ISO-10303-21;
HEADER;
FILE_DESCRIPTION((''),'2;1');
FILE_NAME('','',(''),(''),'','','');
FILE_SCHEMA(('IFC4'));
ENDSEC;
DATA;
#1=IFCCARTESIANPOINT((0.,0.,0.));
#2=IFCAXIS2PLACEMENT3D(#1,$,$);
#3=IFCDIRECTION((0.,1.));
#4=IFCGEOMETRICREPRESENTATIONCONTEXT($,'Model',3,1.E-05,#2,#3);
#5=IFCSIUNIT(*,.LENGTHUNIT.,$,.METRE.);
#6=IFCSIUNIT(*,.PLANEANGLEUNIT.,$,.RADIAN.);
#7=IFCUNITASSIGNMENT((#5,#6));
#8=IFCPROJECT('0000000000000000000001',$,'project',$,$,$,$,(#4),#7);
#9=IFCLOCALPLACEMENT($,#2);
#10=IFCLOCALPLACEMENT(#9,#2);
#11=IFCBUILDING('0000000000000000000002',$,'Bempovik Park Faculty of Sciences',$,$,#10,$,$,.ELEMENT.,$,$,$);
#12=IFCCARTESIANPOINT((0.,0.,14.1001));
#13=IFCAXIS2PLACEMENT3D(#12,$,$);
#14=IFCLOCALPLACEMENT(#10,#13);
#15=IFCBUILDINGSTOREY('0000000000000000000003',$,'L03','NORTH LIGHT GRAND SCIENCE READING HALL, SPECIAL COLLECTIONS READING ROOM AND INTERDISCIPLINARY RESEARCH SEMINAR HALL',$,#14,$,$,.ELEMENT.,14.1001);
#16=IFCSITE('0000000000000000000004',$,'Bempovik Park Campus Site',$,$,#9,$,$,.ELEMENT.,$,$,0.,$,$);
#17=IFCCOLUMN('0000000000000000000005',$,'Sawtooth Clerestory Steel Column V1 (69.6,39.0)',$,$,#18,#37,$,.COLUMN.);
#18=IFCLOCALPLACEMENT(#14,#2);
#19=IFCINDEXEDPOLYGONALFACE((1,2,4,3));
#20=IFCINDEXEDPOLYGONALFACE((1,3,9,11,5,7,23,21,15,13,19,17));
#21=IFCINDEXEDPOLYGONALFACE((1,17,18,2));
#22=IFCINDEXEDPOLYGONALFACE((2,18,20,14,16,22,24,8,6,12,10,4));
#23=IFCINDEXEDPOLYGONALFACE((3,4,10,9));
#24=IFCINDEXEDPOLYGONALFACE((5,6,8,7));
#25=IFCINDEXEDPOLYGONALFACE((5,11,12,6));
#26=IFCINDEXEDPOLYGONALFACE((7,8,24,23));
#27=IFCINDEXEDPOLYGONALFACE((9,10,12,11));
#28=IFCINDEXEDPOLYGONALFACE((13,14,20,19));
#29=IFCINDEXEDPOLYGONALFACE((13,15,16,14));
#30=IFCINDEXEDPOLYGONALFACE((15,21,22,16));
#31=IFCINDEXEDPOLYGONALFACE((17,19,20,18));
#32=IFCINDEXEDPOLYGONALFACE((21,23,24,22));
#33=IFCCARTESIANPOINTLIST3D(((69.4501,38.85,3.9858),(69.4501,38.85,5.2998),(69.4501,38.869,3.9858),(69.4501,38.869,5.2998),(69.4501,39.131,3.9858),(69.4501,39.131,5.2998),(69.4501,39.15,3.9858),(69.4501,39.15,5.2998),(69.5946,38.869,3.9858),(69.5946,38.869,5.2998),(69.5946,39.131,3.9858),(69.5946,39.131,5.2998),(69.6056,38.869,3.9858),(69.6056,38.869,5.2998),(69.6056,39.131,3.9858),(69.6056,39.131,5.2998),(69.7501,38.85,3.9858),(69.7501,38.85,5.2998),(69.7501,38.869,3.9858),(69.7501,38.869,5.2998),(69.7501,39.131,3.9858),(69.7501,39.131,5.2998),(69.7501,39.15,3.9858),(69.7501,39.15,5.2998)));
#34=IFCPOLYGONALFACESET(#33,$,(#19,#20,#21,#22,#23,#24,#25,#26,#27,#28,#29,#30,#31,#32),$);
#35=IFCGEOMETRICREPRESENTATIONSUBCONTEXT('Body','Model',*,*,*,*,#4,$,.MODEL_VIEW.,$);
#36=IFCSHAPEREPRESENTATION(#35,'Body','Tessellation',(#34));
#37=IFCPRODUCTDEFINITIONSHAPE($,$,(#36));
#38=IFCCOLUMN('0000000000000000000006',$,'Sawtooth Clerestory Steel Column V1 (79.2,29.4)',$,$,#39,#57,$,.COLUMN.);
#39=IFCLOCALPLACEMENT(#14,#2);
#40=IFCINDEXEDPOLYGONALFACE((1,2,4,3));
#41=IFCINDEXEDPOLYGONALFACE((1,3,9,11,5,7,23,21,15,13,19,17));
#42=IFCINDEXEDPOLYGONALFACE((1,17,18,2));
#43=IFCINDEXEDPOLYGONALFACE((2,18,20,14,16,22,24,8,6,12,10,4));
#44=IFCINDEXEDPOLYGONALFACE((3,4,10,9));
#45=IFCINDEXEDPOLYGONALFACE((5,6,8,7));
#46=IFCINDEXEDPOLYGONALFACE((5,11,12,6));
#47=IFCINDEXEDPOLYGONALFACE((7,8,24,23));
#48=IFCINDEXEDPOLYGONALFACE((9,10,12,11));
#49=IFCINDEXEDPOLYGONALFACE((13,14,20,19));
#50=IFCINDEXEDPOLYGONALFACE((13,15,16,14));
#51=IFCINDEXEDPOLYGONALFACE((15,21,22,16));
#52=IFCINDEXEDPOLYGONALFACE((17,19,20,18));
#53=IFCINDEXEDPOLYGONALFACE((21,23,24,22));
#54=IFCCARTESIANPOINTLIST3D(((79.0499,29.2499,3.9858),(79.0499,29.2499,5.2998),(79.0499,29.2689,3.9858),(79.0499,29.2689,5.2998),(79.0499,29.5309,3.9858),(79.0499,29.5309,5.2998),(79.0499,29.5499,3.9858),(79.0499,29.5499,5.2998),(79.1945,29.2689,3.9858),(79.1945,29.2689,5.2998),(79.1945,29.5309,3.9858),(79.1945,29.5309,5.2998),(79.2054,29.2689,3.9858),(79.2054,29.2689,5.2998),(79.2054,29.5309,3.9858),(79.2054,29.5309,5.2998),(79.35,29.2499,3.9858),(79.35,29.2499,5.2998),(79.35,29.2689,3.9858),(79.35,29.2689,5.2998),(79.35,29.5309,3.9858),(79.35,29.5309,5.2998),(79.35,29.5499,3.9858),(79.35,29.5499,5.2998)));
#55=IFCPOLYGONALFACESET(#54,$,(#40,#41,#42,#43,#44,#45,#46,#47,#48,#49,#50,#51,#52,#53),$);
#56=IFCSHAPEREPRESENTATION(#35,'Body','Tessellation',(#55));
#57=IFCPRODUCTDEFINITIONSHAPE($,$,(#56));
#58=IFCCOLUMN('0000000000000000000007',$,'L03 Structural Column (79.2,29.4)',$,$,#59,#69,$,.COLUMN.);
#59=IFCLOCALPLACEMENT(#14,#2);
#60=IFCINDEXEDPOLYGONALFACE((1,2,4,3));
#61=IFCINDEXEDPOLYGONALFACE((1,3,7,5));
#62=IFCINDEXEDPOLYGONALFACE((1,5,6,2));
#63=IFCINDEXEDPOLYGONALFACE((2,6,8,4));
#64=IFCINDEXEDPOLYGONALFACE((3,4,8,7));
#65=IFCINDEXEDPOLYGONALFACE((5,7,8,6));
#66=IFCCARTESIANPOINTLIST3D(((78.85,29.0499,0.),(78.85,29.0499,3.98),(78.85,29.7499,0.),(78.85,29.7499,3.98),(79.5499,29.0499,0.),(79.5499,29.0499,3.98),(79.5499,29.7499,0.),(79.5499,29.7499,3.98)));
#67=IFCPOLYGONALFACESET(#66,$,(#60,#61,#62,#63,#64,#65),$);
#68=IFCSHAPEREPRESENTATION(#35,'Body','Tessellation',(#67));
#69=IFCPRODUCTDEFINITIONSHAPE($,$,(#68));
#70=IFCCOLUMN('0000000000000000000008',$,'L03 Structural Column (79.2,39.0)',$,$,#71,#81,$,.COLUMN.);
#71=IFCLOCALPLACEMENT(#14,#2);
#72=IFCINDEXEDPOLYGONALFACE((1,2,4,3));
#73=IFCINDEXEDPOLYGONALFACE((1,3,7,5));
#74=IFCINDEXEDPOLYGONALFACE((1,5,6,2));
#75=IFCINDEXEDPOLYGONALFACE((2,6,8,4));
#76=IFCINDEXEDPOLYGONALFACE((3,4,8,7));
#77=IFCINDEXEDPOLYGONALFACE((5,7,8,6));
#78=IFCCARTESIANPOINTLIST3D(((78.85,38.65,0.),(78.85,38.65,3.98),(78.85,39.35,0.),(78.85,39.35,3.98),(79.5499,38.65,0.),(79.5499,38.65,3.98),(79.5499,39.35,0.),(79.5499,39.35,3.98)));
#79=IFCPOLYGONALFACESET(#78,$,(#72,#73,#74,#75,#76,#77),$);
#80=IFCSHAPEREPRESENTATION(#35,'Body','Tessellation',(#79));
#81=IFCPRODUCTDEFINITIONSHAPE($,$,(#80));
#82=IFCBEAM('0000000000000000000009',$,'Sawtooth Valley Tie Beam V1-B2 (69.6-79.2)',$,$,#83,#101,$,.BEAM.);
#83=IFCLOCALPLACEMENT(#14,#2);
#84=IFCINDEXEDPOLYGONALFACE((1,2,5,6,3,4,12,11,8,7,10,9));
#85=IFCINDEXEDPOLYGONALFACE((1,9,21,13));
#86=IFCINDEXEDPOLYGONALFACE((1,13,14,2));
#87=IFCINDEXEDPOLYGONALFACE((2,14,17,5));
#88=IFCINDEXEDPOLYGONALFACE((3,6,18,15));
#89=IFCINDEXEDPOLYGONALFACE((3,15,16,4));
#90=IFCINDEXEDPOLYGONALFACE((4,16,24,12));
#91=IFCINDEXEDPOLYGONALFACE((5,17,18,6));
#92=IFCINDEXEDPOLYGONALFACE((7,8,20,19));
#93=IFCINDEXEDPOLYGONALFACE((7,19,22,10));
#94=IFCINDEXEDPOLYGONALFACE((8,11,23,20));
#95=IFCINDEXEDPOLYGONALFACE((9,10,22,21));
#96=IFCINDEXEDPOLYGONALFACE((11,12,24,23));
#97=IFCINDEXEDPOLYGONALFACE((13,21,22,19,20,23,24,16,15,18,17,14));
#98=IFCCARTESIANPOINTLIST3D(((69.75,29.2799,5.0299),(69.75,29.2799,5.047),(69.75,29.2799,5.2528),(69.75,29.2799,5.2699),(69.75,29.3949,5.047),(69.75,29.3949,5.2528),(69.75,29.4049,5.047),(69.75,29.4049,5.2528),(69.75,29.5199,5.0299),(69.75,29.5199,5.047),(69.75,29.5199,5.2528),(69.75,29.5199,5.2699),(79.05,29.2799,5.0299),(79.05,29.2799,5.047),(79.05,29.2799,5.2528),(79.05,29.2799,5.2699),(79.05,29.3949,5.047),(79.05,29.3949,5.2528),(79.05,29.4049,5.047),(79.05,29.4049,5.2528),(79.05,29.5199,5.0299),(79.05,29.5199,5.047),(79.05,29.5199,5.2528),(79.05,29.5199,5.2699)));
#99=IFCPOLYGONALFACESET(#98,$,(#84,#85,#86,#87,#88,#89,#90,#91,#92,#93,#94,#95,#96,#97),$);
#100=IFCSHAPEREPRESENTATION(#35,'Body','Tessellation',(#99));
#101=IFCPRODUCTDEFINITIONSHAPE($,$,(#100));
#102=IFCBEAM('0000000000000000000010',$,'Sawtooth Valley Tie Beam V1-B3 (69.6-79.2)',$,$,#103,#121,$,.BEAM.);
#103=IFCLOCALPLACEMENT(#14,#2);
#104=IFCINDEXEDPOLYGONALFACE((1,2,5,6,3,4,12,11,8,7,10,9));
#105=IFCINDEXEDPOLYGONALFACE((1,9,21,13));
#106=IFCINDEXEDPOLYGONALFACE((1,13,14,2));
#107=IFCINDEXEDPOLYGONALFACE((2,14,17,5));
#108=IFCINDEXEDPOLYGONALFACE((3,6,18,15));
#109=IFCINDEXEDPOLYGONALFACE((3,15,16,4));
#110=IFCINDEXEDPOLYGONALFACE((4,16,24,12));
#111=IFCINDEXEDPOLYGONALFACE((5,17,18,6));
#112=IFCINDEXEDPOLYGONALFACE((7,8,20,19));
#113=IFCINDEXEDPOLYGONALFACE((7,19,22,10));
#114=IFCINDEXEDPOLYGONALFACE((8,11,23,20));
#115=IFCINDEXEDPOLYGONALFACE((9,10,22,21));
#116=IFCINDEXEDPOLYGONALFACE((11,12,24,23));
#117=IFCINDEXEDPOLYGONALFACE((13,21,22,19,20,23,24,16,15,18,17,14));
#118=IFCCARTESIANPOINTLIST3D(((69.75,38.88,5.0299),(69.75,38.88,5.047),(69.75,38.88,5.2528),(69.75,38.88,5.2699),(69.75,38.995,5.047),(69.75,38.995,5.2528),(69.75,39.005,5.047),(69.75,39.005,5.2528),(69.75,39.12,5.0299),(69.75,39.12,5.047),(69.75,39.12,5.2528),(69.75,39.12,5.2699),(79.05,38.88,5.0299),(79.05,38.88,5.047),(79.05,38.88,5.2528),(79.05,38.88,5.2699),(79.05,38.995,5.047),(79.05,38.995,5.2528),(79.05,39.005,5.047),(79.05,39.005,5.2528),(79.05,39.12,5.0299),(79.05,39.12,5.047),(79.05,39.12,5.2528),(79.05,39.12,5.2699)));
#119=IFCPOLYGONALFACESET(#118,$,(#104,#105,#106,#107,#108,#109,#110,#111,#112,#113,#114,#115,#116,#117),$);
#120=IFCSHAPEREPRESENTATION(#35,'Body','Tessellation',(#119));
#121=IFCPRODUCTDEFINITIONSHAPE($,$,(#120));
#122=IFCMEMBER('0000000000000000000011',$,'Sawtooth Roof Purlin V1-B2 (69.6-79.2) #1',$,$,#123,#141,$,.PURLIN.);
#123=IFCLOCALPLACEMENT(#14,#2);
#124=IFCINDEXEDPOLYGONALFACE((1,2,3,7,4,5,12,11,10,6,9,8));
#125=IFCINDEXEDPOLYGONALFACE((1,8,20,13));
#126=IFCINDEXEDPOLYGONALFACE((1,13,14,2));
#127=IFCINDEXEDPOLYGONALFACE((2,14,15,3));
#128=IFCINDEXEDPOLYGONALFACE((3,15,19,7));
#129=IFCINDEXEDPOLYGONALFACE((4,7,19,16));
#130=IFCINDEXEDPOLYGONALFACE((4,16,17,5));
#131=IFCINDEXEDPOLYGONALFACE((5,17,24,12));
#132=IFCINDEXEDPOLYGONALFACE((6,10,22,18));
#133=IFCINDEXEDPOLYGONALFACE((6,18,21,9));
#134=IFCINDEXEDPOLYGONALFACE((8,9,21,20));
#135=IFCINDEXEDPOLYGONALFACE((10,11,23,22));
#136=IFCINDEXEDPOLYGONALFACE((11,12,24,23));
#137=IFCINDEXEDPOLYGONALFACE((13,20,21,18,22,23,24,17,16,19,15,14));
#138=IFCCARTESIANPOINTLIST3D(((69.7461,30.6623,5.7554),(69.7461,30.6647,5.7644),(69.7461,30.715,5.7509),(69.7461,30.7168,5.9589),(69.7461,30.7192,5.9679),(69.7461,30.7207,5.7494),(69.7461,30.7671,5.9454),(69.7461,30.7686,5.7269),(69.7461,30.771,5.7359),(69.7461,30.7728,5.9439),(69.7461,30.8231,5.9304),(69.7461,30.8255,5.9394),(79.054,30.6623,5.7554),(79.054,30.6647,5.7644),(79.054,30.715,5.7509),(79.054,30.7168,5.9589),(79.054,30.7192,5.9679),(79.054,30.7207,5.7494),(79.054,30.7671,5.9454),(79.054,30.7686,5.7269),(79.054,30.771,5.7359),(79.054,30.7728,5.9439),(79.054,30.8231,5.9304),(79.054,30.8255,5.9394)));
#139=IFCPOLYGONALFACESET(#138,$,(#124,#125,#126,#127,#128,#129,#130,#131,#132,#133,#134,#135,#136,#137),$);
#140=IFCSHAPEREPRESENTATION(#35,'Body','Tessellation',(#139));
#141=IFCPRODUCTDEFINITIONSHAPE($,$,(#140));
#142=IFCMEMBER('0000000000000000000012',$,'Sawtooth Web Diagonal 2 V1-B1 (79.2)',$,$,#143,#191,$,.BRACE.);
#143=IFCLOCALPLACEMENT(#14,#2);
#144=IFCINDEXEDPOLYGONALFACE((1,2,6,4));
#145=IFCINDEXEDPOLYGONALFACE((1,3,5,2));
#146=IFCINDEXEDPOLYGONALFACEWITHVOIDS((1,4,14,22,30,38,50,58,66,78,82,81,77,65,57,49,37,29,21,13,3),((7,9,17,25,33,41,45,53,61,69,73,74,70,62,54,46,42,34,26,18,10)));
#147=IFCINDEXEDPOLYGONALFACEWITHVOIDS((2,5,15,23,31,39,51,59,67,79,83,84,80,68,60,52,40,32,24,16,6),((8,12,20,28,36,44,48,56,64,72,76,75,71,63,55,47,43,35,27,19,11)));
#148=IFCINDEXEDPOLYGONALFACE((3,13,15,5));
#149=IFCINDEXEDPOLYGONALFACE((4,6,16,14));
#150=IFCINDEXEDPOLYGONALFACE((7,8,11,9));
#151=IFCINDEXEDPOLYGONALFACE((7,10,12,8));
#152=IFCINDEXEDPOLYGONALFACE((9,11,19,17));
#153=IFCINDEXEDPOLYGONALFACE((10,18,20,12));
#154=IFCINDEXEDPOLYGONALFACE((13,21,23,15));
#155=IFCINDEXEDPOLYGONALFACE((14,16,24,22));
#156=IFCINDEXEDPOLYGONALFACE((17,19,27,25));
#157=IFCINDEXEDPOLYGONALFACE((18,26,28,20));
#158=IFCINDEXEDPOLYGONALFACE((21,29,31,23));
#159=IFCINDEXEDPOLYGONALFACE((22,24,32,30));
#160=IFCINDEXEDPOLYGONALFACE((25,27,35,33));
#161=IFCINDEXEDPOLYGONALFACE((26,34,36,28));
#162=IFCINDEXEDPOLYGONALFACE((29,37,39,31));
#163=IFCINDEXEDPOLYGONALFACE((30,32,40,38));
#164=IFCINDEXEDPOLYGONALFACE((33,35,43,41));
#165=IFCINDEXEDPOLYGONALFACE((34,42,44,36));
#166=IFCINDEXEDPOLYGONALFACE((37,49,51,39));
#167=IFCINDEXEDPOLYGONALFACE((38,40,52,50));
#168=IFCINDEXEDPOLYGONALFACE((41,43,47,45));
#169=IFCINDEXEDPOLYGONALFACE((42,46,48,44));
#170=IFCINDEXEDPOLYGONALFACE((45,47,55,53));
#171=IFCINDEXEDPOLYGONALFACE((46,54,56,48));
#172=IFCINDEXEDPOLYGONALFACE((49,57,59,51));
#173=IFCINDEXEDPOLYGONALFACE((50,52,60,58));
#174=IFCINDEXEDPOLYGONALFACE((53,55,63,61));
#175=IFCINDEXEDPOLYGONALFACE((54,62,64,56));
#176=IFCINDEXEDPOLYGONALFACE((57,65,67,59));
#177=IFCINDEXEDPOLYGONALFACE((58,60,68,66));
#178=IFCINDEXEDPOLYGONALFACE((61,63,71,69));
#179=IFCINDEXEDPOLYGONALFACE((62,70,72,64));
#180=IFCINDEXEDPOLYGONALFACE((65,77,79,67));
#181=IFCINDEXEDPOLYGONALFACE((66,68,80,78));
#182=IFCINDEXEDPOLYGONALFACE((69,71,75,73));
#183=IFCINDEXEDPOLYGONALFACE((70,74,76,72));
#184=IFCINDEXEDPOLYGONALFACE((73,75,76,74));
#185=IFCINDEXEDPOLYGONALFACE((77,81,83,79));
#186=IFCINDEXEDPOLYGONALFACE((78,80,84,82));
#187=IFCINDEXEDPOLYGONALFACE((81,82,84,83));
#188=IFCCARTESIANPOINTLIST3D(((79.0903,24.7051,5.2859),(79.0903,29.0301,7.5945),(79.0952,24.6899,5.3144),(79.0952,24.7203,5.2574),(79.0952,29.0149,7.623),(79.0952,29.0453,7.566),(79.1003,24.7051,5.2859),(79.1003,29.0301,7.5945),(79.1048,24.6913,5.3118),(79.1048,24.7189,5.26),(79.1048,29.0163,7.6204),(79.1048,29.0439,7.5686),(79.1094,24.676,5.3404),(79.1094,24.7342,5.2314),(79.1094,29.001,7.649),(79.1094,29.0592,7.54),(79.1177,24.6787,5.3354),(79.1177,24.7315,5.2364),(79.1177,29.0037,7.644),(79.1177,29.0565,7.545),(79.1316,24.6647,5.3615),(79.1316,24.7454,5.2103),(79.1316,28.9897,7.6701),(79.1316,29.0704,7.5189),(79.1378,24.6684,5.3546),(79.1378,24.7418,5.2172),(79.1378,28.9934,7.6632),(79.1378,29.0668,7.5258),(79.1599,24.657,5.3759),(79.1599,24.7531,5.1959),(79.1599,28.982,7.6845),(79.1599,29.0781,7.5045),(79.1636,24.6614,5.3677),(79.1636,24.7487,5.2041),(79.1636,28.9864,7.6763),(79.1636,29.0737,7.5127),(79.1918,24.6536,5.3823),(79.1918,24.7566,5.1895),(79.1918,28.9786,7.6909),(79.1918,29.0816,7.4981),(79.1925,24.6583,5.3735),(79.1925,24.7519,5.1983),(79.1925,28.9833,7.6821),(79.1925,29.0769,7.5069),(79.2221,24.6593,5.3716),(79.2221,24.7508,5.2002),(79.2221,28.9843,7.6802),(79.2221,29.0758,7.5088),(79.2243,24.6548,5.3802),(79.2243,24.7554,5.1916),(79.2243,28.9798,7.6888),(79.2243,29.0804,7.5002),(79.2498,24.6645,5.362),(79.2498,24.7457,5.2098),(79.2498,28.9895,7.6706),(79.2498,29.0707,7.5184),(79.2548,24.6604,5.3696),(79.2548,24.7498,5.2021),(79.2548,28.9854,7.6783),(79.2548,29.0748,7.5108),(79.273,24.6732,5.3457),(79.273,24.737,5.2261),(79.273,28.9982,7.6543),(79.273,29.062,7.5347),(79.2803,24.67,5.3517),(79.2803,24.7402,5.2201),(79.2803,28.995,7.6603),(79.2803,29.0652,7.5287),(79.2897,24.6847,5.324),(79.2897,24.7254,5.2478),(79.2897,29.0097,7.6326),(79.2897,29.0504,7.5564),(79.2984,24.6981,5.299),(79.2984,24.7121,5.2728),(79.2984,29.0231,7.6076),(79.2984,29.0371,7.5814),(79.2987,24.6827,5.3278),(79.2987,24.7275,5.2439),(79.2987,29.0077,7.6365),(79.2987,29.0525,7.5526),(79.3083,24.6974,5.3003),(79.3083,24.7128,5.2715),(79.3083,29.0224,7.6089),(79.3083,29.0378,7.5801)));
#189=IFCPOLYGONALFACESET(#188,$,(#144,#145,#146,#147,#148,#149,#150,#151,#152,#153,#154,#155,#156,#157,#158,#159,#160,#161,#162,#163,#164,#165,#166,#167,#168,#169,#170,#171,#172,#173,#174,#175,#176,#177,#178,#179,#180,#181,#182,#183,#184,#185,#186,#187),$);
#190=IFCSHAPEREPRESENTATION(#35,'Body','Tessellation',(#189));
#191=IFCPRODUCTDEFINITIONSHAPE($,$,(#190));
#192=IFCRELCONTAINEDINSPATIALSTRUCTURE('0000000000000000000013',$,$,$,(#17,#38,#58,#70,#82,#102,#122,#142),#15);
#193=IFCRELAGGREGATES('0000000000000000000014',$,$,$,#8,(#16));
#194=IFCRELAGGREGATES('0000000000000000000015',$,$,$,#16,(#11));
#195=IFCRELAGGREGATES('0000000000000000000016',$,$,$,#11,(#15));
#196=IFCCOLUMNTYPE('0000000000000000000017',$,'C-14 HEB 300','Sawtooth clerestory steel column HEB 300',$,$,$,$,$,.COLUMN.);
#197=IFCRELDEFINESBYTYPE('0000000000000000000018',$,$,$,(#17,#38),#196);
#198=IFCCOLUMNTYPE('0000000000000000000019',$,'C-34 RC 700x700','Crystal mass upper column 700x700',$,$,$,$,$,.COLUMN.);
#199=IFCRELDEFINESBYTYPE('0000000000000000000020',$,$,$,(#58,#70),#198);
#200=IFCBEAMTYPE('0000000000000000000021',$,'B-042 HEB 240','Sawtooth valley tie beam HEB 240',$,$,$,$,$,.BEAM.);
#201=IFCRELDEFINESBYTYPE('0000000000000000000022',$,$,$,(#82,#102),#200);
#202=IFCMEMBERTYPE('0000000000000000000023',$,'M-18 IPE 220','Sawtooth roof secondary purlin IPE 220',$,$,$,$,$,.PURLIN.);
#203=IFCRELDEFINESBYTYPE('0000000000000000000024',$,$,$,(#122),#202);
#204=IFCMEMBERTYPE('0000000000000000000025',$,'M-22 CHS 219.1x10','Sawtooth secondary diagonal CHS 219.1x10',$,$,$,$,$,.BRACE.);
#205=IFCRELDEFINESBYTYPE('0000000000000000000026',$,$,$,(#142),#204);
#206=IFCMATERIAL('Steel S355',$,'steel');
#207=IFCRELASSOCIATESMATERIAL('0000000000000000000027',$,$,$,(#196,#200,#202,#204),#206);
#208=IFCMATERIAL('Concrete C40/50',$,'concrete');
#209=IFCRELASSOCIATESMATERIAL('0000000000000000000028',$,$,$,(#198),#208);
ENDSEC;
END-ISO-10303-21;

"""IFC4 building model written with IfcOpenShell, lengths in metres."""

from ifc_helpers import new_model, si_unit, direction, frame, origin, origin_2d, place, context, subcontext, project, spatial, rectangle, hollow_circle, i_section, extrude, material, material_profile, profile_set, type_object, element, save


model = new_model("IFC4")

# Units and contexts
model_context = context("Model", 3, precision=1e-05, world=origin(), true_north=direction((0.0, 1.0)))
body_context = subcontext(model_context, "Body", "Model", "MODEL_VIEW")
ifc_project = project(units=[si_unit("LENGTHUNIT", "METRE"), si_unit("PLANEANGLEUNIT", "RADIAN")], contexts=[model_context])

# Site, building, storey
site_placement = place(None, origin())
site = spatial("IfcSite", under=ifc_project, at=site_placement, Name="Bempovik Park Campus Site", CompositionType="ELEMENT", RefElevation=0.0)
building_placement = place(site_placement, origin())
building = spatial("IfcBuilding", under=site, at=building_placement, Name="Bempovik Park Faculty of Sciences", CompositionType="ELEMENT")
storey_placement = place(building_placement, frame((0.0, 0.0, 14.1001)))
storey = spatial("IfcBuildingStorey", under=building, at=storey_placement, Name="L03", Description="NORTH LIGHT GRAND SCIENCE READING HALL, SPECIAL COLLECTIONS READING ROOM AND INTERDISCIPLINARY RESEARCH SEMINAR HALL", CompositionType="ELEMENT", Elevation=14.1001)

# Columns
ifc_material_1 = material(Name="Steel S355", Category="steel")
ifc_material_profile_1 = material_profile(ifc_material_1, i_section(OverallWidth=0.3, OverallDepth=0.3, WebThickness=0.011, FlangeThickness=0.019, at=origin_2d()), Name="HEB 300")
ifc_profile_set_1 = profile_set([ifc_material_profile_1], Name="Steel S355")
column_type_1 = type_object("IfcColumnType", Name="C-14 HEB 300", Description="Sawtooth clerestory steel column HEB 300", PredefinedType="COLUMN", material=ifc_profile_set_1)
for number, where, z_axis, x_axis, name in (
    (1, (69.6001, 39.0, 3.9858), (0.0, 0.0, 1.0), (1.0, 0.0, 0.0), "Sawtooth Clerestory Steel Column V1 (69.6,39.0)"),
    (2, (79.2, 29.3999, 3.9858), (0.0, 0.0, 1.0), (1.0, 0.0, 0.0), "Sawtooth Clerestory Steel Column V1 (79.2,29.4)"),
):
    element("IfcColumn", number, at=place(storey_placement, frame(where, z_axis=z_axis, x_axis=x_axis)), inside=storey, type_object=column_type_1, Name=name, PredefinedType="COLUMN", context=body_context, shape_type="SweptSolid", body=[
        extrude(i_section(OverallWidth=0.3, OverallDepth=0.3, WebThickness=0.011, FlangeThickness=0.019, at=origin_2d()), origin(), (0.0, 0.0, 1.0), 1.314),
    ])
ifc_material_2 = material(Name="Concrete C40/50", Category="concrete")
ifc_material_profile_2 = material_profile(ifc_material_2, rectangle(XDim=0.7, YDim=0.7, at=origin_2d()), Name="RC 700x700")
ifc_profile_set_2 = profile_set([ifc_material_profile_2], Name="Concrete C40/50")
column_type_2 = type_object("IfcColumnType", Name="C-34 RC 700x700", Description="Crystal mass upper column 700x700", PredefinedType="COLUMN", material=ifc_profile_set_2)
for number, where, z_axis, x_axis, name in (
    (3, (79.2, 29.3999, 0.0), (0.0, 0.0, 1.0), (1.0, 0.0, 0.0), "L03 Structural Column (79.2,29.4)"),
    (4, (79.2, 39.0, 0.0), (0.0, 0.0, 1.0), (1.0, 0.0, 0.0), "L03 Structural Column (79.2,39.0)"),
):
    element("IfcColumn", number, at=place(storey_placement, frame(where, z_axis=z_axis, x_axis=x_axis)), inside=storey, type_object=column_type_2, Name=name, PredefinedType="COLUMN", context=body_context, shape_type="SweptSolid", body=[
        extrude(rectangle(XDim=0.7, YDim=0.7, at=origin_2d()), origin(), (0.0, 0.0, 1.0), 3.98),
    ])

# Beams
ifc_material_profile_3 = material_profile(ifc_material_1, i_section(OverallWidth=0.24, OverallDepth=0.24, WebThickness=0.01, FlangeThickness=0.0171, at=origin_2d()), Name="HEB 240")
ifc_profile_set_3 = profile_set([ifc_material_profile_3], Name="Steel S355")
beam_type = type_object("IfcBeamType", Name="B-042 HEB 240", Description="Sawtooth valley tie beam HEB 240", PredefinedType="BEAM", material=ifc_profile_set_3)
for number, where, z_axis, x_axis, name in (
    (5, (69.75, 29.3999, 5.1499), (1.0, 0.0, 0.0), (0.0, 1.0, 0.0), "Sawtooth Valley Tie Beam V1-B2 (69.6-79.2)"),
    (6, (69.75, 39.0, 5.1499), (1.0, 0.0, 0.0), (0.0, 1.0, 0.0), "Sawtooth Valley Tie Beam V1-B3 (69.6-79.2)"),
):
    element("IfcBeam", number, at=place(storey_placement, frame(where, z_axis=z_axis, x_axis=x_axis)), inside=storey, type_object=beam_type, Name=name, PredefinedType="BEAM", context=body_context, shape_type="SweptSolid", body=[
        extrude(i_section(OverallWidth=0.24, OverallDepth=0.24, WebThickness=0.01, FlangeThickness=0.0171, at=origin_2d()), origin(), (0.0, 0.0, 1.0), 9.3),
    ])

# Members
ifc_material_profile_4 = material_profile(ifc_material_1, i_section(OverallWidth=0.1101, OverallDepth=0.22, WebThickness=0.0059, FlangeThickness=0.0093, at=origin_2d()), Name="IPE 220")
ifc_profile_set_4 = profile_set([ifc_material_profile_4], Name="Steel S355")
member_type_1 = type_object("IfcMemberType", Name="M-18 IPE 220", Description="Sawtooth roof secondary purlin IPE 220", PredefinedType="PURLIN", material=ifc_profile_set_4)
member_1_placement = place(storey_placement, frame((69.7461, 30.7439, 5.8474), z_axis=(1.0, 0.0, 0.0), x_axis=(0.0, 0.965926, -0.258819)))
element("IfcMember", 7, at=member_1_placement, inside=storey, type_object=member_type_1, Name="Sawtooth Roof Purlin V1-B2 (69.6-79.2) #1", PredefinedType="PURLIN", context=body_context, shape_type="SweptSolid", body=[
    extrude(i_section(OverallWidth=0.1101, OverallDepth=0.22, WebThickness=0.0059, FlangeThickness=0.0093, at=origin_2d()), origin(), (0.0, 0.0, 1.0), 9.3079),
])
ifc_material_profile_5 = material_profile(ifc_material_1, hollow_circle(Radius=0.1096, WallThickness=0.01, at=origin_2d()), Name="CHS 219.1x10")
ifc_profile_set_5 = profile_set([ifc_material_profile_5], Name="Steel S355")
member_type_2 = type_object("IfcMemberType", Name="M-22 CHS 219.1x10", Description="Sawtooth secondary diagonal CHS 219.1x10", PredefinedType="BRACE", material=ifc_profile_set_5)
for number, where, z_axis, x_axis, name in (
    (8, (79.2, 24.7051, 5.2859), (0.0, 0.882187, 0.470898), (-1.0, 0.0, 0.0), "Sawtooth Web Diagonal 2 V1-B1 (79.2)"),
):
    element("IfcMember", number, at=place(storey_placement, frame(where, z_axis=z_axis, x_axis=x_axis)), inside=storey, type_object=member_type_2, Name=name, PredefinedType="BRACE", context=body_context, shape_type="SweptSolid", body=[
        extrude(hollow_circle(Radius=0.1096, WallThickness=0.01, at=origin_2d()), origin(), (0.0, 0.0, 1.0), 4.9026),
    ])

save(model, "model.ifc")
